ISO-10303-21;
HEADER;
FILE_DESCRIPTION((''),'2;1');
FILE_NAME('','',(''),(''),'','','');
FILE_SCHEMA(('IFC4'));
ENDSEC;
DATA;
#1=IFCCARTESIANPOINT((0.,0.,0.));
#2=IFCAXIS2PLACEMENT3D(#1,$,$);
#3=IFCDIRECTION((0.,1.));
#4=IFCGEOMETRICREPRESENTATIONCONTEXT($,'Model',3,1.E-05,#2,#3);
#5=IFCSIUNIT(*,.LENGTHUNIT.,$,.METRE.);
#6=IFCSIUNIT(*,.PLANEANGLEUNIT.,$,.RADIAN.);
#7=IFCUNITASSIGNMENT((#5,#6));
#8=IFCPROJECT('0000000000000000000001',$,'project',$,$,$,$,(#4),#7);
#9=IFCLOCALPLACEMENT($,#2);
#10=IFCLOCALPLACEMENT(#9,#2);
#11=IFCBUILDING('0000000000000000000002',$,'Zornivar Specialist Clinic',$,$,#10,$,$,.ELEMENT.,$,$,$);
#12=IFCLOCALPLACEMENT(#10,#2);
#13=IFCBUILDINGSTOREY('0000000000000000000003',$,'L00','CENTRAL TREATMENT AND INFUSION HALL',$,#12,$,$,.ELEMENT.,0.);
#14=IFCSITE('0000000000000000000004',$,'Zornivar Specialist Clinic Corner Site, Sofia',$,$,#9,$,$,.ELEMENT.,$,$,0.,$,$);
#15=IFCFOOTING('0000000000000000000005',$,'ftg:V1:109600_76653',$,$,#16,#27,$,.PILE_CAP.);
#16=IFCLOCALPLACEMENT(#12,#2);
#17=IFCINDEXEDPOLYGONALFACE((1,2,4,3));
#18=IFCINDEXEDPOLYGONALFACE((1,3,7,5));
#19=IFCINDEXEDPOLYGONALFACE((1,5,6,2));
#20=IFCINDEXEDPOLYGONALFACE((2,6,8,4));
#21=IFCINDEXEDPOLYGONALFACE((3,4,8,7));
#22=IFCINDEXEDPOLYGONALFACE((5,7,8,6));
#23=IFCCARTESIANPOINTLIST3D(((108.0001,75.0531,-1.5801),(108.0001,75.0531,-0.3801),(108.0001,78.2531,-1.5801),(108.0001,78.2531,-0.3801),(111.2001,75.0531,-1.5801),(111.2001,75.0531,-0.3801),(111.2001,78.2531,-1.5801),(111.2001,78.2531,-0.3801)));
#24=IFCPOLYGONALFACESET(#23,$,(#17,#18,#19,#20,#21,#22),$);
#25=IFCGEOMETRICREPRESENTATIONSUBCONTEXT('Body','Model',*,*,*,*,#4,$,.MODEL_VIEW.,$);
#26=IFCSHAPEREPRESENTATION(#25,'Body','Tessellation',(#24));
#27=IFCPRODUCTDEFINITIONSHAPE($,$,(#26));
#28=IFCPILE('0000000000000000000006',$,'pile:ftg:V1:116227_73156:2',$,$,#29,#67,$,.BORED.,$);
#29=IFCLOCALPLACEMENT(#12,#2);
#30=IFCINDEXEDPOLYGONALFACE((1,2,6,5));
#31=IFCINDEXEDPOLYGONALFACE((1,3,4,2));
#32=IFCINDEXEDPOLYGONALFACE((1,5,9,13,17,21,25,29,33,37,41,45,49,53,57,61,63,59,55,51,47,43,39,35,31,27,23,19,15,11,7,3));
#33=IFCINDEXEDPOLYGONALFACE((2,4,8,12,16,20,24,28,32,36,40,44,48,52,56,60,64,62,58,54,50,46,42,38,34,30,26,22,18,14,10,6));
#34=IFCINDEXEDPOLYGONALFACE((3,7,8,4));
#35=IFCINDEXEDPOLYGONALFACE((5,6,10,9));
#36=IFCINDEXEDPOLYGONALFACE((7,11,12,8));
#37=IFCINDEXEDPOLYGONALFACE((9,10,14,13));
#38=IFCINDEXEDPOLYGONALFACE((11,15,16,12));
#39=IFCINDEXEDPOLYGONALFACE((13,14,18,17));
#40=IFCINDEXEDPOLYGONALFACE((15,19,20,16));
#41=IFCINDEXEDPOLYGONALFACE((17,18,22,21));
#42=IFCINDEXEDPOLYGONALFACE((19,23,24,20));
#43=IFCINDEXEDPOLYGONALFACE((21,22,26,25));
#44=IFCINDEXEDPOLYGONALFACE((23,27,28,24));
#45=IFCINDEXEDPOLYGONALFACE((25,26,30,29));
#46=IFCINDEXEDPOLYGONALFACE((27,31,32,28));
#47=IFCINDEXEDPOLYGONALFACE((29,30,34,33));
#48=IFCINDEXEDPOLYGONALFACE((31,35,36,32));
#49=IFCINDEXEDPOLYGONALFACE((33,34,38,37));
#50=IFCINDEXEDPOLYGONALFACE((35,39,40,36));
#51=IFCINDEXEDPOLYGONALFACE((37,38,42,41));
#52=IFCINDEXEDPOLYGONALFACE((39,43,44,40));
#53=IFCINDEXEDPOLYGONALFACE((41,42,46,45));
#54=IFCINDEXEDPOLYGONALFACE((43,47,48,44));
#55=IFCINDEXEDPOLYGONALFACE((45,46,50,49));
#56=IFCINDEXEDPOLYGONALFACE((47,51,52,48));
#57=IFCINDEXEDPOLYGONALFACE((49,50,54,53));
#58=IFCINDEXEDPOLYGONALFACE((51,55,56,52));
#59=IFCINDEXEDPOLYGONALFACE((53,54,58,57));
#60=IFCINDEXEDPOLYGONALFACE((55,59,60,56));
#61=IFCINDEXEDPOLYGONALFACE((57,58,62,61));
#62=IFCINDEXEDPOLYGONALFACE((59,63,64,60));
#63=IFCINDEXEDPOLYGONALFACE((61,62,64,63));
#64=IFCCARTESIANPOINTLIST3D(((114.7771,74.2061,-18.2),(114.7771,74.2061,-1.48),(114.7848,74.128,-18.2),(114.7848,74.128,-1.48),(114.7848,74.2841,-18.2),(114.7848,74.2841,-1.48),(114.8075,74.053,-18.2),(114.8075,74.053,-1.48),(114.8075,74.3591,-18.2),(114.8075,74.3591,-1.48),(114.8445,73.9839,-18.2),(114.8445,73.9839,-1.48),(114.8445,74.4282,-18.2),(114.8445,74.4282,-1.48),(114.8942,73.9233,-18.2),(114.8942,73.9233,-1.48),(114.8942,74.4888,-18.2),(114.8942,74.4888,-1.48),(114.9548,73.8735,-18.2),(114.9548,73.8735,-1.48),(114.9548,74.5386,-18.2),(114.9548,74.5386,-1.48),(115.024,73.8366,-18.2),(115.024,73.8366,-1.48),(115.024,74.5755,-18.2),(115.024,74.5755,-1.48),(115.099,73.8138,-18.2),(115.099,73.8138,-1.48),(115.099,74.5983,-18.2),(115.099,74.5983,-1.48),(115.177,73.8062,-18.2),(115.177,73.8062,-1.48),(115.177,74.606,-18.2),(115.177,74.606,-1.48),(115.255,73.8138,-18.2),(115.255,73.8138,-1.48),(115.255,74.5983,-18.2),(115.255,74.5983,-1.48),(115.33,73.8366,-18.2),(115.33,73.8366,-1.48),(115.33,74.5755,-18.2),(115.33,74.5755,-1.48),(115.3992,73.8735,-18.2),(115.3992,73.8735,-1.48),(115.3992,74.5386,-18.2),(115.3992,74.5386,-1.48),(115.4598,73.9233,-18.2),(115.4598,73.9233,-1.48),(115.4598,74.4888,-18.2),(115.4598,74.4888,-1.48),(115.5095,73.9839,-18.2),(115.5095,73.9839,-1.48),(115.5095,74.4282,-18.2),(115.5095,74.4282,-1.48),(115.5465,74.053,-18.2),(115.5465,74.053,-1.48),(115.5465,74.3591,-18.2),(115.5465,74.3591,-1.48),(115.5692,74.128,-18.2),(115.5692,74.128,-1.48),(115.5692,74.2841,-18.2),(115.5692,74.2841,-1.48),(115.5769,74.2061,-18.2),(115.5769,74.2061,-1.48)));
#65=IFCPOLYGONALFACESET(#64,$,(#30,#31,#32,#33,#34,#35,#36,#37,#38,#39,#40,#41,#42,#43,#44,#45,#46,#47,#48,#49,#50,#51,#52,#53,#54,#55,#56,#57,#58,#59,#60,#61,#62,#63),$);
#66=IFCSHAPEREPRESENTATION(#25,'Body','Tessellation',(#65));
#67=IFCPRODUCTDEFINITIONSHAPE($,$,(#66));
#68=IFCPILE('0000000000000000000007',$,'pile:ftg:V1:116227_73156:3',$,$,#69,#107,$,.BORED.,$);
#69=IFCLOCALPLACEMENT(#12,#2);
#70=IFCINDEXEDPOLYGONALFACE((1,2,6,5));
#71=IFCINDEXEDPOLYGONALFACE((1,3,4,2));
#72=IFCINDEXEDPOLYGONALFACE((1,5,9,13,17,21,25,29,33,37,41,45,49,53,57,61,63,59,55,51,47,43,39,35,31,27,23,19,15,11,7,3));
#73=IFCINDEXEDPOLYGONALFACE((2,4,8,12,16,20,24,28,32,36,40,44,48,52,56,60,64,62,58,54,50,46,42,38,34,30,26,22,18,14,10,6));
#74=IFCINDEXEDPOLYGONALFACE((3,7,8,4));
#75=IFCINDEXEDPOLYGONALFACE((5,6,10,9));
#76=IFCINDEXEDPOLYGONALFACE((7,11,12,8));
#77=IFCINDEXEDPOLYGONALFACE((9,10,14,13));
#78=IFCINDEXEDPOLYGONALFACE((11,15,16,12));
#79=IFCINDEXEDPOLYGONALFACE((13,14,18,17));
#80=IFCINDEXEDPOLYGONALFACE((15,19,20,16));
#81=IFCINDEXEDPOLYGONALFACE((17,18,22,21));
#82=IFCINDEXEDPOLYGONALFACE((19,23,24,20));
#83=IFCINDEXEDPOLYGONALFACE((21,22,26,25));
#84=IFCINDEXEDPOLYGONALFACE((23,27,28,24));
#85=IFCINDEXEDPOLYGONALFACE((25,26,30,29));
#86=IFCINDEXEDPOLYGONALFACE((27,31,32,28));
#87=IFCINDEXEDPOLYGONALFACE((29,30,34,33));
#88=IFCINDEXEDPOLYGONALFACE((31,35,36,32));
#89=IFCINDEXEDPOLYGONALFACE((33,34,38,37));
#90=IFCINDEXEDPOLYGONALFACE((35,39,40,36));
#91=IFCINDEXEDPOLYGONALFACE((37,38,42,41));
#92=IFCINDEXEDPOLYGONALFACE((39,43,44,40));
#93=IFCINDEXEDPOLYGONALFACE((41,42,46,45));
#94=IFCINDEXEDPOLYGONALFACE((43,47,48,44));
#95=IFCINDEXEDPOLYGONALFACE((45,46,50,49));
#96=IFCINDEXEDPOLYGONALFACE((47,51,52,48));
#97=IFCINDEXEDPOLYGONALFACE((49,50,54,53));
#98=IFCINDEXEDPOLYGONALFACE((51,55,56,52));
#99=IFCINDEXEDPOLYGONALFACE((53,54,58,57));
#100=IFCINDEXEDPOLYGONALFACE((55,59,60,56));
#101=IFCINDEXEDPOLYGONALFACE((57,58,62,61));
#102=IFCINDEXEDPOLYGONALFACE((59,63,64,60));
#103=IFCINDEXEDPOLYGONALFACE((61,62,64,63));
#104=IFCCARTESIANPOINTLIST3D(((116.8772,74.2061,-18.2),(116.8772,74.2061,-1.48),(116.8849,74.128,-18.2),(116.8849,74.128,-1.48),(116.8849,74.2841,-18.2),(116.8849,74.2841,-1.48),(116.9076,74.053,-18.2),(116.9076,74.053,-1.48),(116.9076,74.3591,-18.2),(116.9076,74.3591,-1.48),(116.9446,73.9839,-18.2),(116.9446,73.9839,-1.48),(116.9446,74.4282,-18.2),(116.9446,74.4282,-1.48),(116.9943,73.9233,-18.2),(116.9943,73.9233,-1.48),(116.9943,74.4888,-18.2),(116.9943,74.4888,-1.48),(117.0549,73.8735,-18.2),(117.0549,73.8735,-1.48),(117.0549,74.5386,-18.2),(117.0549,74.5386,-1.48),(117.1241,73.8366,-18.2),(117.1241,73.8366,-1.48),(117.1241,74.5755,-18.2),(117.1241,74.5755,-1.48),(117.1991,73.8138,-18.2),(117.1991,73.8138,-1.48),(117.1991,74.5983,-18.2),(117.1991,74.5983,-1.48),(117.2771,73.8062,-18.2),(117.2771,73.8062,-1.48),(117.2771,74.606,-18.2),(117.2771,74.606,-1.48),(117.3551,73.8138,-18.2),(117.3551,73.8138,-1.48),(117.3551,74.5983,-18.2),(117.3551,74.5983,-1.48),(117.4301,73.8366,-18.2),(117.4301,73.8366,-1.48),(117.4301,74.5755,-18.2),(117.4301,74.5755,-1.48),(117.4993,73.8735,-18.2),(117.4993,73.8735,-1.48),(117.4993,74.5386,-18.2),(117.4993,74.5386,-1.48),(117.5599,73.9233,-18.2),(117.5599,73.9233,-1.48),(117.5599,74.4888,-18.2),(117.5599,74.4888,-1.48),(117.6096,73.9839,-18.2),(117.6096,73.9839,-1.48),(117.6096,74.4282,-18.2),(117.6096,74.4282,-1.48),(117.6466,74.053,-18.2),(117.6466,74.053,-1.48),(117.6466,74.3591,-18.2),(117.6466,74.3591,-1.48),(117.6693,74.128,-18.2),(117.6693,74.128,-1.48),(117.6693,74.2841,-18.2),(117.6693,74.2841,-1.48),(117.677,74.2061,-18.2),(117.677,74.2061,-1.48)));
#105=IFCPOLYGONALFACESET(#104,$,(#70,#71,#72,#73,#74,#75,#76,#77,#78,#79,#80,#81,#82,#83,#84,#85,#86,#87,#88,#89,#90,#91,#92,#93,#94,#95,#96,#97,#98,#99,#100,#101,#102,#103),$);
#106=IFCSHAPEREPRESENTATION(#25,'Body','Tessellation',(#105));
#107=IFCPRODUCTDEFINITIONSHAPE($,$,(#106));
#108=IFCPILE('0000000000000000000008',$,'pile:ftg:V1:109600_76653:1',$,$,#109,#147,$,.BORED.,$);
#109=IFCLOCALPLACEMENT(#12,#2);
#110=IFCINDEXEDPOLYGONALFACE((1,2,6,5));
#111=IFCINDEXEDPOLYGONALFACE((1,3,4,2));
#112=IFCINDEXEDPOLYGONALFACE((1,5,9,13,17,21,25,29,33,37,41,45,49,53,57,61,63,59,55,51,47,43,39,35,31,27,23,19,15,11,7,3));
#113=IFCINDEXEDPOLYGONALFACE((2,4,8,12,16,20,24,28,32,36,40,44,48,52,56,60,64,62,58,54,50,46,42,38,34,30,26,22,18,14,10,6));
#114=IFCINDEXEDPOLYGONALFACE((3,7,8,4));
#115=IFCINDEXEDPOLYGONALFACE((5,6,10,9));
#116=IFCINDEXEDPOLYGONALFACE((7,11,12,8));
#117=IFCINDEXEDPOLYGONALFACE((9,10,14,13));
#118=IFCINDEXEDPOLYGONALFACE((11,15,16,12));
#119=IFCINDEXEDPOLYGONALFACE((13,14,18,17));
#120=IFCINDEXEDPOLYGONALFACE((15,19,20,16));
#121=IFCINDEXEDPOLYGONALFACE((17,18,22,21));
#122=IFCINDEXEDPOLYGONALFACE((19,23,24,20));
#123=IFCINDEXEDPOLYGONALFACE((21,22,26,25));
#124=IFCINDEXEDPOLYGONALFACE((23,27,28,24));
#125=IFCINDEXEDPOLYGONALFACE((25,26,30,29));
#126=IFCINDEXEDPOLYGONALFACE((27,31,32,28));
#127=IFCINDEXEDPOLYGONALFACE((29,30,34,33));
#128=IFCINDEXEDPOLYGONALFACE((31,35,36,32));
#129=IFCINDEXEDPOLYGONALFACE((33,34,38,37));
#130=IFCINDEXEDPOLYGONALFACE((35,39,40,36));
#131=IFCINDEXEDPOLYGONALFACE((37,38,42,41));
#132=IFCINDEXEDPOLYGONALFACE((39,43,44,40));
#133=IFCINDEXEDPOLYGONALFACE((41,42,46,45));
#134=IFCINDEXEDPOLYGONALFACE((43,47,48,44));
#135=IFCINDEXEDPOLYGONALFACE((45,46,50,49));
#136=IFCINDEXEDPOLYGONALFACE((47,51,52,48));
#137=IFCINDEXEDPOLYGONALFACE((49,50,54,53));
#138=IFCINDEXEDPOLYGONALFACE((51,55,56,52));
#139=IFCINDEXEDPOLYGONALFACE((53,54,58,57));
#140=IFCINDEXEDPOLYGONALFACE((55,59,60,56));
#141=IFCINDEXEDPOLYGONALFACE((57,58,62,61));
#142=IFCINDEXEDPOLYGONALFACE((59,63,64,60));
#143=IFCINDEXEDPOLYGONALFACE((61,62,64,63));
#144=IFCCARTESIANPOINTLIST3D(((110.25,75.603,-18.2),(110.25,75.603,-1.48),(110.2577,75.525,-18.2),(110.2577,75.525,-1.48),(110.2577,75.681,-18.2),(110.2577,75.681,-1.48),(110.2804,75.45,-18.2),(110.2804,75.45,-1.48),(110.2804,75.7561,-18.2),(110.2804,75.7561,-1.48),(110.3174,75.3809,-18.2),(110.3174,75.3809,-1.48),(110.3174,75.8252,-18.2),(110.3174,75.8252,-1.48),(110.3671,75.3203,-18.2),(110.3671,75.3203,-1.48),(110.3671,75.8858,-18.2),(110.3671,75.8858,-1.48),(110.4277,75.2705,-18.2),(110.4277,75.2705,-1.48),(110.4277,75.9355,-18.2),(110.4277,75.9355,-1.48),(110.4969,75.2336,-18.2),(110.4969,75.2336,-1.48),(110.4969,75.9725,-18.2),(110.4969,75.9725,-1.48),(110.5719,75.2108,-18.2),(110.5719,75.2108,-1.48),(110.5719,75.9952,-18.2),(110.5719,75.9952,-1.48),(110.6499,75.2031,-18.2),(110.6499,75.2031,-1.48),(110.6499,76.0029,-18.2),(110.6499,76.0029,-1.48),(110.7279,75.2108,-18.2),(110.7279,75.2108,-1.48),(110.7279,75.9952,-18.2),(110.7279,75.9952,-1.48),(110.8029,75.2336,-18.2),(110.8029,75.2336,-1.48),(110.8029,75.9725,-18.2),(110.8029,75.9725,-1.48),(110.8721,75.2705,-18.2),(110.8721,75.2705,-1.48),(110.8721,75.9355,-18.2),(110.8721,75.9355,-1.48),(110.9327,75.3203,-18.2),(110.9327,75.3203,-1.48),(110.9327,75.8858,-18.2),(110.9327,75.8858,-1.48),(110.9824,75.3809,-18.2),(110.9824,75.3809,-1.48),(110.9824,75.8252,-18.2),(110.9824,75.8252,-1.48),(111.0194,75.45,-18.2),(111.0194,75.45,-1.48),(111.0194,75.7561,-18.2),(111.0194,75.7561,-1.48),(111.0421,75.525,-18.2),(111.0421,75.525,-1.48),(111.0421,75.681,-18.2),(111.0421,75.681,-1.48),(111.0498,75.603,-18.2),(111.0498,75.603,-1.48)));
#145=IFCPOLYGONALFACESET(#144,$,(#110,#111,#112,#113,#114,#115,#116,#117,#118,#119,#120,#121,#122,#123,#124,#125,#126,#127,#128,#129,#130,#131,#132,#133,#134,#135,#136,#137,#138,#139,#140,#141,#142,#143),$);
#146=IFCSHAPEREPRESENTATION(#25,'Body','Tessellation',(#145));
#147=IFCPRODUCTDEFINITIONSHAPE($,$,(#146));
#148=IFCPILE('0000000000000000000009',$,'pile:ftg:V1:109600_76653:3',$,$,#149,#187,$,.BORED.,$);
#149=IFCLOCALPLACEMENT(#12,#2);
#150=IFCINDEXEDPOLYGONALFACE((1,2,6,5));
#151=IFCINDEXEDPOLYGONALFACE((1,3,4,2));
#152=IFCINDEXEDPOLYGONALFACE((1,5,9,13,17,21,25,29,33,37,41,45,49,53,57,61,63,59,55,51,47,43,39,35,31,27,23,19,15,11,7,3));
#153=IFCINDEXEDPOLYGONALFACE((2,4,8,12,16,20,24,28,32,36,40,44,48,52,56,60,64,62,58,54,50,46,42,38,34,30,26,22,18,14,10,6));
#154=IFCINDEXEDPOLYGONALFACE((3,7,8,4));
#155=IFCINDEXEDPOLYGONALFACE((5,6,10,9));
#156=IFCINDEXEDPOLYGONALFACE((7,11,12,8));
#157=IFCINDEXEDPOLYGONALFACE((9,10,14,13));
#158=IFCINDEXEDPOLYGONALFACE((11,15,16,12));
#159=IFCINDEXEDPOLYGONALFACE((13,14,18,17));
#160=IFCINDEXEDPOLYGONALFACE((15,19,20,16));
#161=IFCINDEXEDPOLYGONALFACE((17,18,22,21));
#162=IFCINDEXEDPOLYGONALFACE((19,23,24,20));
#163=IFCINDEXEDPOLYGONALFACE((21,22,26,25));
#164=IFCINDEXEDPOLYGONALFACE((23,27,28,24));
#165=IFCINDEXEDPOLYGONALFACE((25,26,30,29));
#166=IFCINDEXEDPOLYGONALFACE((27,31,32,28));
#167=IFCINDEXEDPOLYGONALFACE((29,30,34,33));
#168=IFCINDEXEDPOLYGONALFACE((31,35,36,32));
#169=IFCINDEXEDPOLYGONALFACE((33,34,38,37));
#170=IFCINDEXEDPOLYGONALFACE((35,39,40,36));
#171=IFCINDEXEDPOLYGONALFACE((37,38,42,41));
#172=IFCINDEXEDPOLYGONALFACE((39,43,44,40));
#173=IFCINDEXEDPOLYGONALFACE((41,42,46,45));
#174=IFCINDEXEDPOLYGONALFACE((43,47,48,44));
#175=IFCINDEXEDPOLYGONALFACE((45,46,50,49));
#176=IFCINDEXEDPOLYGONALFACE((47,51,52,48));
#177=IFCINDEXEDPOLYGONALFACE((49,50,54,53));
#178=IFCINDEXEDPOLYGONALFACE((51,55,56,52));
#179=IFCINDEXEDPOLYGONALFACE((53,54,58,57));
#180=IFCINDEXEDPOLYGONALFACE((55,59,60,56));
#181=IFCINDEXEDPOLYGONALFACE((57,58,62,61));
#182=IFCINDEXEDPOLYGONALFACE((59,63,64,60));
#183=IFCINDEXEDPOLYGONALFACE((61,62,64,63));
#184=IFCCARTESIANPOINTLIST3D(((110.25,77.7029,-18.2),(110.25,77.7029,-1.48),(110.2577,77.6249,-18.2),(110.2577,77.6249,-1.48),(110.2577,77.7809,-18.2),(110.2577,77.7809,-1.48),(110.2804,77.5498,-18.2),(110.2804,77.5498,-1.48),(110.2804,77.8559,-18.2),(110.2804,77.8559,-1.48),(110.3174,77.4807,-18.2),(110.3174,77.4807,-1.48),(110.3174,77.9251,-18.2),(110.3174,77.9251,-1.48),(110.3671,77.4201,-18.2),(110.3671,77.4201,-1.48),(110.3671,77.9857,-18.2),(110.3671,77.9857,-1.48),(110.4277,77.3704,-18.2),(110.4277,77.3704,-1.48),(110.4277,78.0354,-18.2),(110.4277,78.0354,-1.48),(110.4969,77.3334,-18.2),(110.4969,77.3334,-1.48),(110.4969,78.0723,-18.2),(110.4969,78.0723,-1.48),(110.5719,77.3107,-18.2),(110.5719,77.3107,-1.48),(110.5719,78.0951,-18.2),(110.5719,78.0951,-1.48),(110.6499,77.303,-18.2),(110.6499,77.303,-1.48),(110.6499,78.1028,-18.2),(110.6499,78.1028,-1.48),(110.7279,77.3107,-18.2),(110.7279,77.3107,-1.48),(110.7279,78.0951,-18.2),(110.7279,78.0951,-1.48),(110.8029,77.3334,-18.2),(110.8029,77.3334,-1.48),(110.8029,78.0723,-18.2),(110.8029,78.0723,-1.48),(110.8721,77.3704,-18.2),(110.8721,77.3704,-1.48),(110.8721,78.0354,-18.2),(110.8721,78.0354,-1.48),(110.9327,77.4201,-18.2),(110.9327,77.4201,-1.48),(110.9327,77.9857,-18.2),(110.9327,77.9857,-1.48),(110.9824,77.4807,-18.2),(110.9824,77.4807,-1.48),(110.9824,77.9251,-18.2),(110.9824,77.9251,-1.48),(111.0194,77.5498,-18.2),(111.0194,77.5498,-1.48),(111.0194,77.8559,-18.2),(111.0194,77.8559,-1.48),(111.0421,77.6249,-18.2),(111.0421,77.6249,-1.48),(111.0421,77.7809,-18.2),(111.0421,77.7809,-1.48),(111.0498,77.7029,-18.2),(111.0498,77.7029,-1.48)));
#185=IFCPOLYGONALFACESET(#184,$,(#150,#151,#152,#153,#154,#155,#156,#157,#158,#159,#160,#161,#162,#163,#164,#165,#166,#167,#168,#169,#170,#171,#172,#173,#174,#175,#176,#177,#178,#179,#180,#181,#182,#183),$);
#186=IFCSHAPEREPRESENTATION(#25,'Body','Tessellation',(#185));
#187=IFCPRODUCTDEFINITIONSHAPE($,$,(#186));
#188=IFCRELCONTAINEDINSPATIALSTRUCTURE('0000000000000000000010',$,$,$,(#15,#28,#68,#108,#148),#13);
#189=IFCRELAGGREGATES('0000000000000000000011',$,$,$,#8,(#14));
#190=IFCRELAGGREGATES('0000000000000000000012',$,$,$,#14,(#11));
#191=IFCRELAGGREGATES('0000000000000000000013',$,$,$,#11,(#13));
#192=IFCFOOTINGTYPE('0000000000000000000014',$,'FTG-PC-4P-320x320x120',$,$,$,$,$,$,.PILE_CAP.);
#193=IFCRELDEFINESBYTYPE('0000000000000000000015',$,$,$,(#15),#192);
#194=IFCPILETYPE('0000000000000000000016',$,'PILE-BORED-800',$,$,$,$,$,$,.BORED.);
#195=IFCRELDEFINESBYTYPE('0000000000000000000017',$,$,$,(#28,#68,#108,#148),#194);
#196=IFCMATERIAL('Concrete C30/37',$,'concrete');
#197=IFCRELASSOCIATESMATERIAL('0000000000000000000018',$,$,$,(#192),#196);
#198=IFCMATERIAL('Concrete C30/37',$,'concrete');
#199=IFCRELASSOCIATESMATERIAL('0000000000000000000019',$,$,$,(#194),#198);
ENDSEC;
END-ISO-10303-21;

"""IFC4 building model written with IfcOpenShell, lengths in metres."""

from ifc_helpers import new_model, si_unit, direction, frame, origin, origin_2d, place, context, subcontext, project, spatial, rectangle, circle, extrude, material, material_profile, profile_set, type_object, element, save


model = new_model("IFC4")

# Units and contexts
model_context = context("Model", 3, precision=1e-05, world=origin(), true_north=direction((0.0, 1.0)))
body_context = subcontext(model_context, "Body", "Model", "MODEL_VIEW")
ifc_project = project(units=[si_unit("LENGTHUNIT", "METRE"), si_unit("PLANEANGLEUNIT", "RADIAN")], contexts=[model_context])

# Site, building, storey
site_placement = place(None, origin())
site = spatial("IfcSite", under=ifc_project, at=site_placement, Name="Zornivar Specialist Clinic Corner Site, Sofia", CompositionType="ELEMENT", RefElevation=0.0)
building_placement = place(site_placement, origin())
building = spatial("IfcBuilding", under=site, at=building_placement, Name="Zornivar Specialist Clinic", CompositionType="ELEMENT")
storey_placement = place(building_placement, origin())
storey = spatial("IfcBuildingStorey", under=building, at=storey_placement, Name="L00", Description="CENTRAL TREATMENT AND INFUSION HALL", CompositionType="ELEMENT", Elevation=0.0)

# Footing
ifc_material_1 = material(Name="Concrete C30/37", Category="concrete")
footing_type = type_object("IfcFootingType", Name="FTG-PC-4P-320x320x120", PredefinedType="PILE_CAP", material=ifc_material_1)
footing_placement = place(storey_placement, frame((109.6001, 76.6531, -1.5801), z_axis=(0.0, 0.0, 1.0), x_axis=(1.0, 0.0, 0.0)))
element("IfcFooting", 1, at=footing_placement, inside=storey, type_object=footing_type, Name="ftg:V1:109600_76653", PredefinedType="PILE_CAP", context=body_context, shape_type="SweptSolid", body=[
    extrude(rectangle(XDim=3.2, YDim=3.2, at=origin_2d()), origin(), (0.0, 0.0, 1.0), 1.2),
])

# Piles
ifc_material_2 = material(Name="Concrete C30/37", Category="concrete")
ifc_material_profile_1 = material_profile(ifc_material_2, circle(Radius=0.3999, at=origin_2d()), Name="PILE D800")
ifc_profile_set_1 = profile_set([ifc_material_profile_1], Name="Concrete C30/37")
pile_type = type_object("IfcPileType", Name="PILE-BORED-800", PredefinedType="BORED", material=ifc_profile_set_1)
for number, where, z_axis, x_axis, name in (
    (2, (115.177, 74.2061, -1.48), (0.0, 0.0, -1.0), (1.0, 0.0, 0.0), "pile:ftg:V1:116227_73156:2"),
    (3, (117.2771, 74.2061, -1.48), (0.0, 0.0, -1.0), (1.0, 0.0, 0.0), "pile:ftg:V1:116227_73156:3"),
    (4, (110.6499, 75.603, -1.48), (0.0, 0.0, -1.0), (1.0, 0.0, 0.0), "pile:ftg:V1:109600_76653:1"),
    (5, (110.6499, 77.7029, -1.48), (0.0, 0.0, -1.0), (1.0, 0.0, 0.0), "pile:ftg:V1:109600_76653:3"),
):
    element("IfcPile", number, at=place(storey_placement, frame(where, z_axis=z_axis, x_axis=x_axis)), inside=storey, type_object=pile_type, Name=name, PredefinedType="BORED", context=body_context, shape_type="SweptSolid", body=[
        extrude(circle(Radius=0.3999, at=origin_2d()), origin(), (0.0, 0.0, 1.0), 16.72),
    ])

save(model, "model.ifc")
